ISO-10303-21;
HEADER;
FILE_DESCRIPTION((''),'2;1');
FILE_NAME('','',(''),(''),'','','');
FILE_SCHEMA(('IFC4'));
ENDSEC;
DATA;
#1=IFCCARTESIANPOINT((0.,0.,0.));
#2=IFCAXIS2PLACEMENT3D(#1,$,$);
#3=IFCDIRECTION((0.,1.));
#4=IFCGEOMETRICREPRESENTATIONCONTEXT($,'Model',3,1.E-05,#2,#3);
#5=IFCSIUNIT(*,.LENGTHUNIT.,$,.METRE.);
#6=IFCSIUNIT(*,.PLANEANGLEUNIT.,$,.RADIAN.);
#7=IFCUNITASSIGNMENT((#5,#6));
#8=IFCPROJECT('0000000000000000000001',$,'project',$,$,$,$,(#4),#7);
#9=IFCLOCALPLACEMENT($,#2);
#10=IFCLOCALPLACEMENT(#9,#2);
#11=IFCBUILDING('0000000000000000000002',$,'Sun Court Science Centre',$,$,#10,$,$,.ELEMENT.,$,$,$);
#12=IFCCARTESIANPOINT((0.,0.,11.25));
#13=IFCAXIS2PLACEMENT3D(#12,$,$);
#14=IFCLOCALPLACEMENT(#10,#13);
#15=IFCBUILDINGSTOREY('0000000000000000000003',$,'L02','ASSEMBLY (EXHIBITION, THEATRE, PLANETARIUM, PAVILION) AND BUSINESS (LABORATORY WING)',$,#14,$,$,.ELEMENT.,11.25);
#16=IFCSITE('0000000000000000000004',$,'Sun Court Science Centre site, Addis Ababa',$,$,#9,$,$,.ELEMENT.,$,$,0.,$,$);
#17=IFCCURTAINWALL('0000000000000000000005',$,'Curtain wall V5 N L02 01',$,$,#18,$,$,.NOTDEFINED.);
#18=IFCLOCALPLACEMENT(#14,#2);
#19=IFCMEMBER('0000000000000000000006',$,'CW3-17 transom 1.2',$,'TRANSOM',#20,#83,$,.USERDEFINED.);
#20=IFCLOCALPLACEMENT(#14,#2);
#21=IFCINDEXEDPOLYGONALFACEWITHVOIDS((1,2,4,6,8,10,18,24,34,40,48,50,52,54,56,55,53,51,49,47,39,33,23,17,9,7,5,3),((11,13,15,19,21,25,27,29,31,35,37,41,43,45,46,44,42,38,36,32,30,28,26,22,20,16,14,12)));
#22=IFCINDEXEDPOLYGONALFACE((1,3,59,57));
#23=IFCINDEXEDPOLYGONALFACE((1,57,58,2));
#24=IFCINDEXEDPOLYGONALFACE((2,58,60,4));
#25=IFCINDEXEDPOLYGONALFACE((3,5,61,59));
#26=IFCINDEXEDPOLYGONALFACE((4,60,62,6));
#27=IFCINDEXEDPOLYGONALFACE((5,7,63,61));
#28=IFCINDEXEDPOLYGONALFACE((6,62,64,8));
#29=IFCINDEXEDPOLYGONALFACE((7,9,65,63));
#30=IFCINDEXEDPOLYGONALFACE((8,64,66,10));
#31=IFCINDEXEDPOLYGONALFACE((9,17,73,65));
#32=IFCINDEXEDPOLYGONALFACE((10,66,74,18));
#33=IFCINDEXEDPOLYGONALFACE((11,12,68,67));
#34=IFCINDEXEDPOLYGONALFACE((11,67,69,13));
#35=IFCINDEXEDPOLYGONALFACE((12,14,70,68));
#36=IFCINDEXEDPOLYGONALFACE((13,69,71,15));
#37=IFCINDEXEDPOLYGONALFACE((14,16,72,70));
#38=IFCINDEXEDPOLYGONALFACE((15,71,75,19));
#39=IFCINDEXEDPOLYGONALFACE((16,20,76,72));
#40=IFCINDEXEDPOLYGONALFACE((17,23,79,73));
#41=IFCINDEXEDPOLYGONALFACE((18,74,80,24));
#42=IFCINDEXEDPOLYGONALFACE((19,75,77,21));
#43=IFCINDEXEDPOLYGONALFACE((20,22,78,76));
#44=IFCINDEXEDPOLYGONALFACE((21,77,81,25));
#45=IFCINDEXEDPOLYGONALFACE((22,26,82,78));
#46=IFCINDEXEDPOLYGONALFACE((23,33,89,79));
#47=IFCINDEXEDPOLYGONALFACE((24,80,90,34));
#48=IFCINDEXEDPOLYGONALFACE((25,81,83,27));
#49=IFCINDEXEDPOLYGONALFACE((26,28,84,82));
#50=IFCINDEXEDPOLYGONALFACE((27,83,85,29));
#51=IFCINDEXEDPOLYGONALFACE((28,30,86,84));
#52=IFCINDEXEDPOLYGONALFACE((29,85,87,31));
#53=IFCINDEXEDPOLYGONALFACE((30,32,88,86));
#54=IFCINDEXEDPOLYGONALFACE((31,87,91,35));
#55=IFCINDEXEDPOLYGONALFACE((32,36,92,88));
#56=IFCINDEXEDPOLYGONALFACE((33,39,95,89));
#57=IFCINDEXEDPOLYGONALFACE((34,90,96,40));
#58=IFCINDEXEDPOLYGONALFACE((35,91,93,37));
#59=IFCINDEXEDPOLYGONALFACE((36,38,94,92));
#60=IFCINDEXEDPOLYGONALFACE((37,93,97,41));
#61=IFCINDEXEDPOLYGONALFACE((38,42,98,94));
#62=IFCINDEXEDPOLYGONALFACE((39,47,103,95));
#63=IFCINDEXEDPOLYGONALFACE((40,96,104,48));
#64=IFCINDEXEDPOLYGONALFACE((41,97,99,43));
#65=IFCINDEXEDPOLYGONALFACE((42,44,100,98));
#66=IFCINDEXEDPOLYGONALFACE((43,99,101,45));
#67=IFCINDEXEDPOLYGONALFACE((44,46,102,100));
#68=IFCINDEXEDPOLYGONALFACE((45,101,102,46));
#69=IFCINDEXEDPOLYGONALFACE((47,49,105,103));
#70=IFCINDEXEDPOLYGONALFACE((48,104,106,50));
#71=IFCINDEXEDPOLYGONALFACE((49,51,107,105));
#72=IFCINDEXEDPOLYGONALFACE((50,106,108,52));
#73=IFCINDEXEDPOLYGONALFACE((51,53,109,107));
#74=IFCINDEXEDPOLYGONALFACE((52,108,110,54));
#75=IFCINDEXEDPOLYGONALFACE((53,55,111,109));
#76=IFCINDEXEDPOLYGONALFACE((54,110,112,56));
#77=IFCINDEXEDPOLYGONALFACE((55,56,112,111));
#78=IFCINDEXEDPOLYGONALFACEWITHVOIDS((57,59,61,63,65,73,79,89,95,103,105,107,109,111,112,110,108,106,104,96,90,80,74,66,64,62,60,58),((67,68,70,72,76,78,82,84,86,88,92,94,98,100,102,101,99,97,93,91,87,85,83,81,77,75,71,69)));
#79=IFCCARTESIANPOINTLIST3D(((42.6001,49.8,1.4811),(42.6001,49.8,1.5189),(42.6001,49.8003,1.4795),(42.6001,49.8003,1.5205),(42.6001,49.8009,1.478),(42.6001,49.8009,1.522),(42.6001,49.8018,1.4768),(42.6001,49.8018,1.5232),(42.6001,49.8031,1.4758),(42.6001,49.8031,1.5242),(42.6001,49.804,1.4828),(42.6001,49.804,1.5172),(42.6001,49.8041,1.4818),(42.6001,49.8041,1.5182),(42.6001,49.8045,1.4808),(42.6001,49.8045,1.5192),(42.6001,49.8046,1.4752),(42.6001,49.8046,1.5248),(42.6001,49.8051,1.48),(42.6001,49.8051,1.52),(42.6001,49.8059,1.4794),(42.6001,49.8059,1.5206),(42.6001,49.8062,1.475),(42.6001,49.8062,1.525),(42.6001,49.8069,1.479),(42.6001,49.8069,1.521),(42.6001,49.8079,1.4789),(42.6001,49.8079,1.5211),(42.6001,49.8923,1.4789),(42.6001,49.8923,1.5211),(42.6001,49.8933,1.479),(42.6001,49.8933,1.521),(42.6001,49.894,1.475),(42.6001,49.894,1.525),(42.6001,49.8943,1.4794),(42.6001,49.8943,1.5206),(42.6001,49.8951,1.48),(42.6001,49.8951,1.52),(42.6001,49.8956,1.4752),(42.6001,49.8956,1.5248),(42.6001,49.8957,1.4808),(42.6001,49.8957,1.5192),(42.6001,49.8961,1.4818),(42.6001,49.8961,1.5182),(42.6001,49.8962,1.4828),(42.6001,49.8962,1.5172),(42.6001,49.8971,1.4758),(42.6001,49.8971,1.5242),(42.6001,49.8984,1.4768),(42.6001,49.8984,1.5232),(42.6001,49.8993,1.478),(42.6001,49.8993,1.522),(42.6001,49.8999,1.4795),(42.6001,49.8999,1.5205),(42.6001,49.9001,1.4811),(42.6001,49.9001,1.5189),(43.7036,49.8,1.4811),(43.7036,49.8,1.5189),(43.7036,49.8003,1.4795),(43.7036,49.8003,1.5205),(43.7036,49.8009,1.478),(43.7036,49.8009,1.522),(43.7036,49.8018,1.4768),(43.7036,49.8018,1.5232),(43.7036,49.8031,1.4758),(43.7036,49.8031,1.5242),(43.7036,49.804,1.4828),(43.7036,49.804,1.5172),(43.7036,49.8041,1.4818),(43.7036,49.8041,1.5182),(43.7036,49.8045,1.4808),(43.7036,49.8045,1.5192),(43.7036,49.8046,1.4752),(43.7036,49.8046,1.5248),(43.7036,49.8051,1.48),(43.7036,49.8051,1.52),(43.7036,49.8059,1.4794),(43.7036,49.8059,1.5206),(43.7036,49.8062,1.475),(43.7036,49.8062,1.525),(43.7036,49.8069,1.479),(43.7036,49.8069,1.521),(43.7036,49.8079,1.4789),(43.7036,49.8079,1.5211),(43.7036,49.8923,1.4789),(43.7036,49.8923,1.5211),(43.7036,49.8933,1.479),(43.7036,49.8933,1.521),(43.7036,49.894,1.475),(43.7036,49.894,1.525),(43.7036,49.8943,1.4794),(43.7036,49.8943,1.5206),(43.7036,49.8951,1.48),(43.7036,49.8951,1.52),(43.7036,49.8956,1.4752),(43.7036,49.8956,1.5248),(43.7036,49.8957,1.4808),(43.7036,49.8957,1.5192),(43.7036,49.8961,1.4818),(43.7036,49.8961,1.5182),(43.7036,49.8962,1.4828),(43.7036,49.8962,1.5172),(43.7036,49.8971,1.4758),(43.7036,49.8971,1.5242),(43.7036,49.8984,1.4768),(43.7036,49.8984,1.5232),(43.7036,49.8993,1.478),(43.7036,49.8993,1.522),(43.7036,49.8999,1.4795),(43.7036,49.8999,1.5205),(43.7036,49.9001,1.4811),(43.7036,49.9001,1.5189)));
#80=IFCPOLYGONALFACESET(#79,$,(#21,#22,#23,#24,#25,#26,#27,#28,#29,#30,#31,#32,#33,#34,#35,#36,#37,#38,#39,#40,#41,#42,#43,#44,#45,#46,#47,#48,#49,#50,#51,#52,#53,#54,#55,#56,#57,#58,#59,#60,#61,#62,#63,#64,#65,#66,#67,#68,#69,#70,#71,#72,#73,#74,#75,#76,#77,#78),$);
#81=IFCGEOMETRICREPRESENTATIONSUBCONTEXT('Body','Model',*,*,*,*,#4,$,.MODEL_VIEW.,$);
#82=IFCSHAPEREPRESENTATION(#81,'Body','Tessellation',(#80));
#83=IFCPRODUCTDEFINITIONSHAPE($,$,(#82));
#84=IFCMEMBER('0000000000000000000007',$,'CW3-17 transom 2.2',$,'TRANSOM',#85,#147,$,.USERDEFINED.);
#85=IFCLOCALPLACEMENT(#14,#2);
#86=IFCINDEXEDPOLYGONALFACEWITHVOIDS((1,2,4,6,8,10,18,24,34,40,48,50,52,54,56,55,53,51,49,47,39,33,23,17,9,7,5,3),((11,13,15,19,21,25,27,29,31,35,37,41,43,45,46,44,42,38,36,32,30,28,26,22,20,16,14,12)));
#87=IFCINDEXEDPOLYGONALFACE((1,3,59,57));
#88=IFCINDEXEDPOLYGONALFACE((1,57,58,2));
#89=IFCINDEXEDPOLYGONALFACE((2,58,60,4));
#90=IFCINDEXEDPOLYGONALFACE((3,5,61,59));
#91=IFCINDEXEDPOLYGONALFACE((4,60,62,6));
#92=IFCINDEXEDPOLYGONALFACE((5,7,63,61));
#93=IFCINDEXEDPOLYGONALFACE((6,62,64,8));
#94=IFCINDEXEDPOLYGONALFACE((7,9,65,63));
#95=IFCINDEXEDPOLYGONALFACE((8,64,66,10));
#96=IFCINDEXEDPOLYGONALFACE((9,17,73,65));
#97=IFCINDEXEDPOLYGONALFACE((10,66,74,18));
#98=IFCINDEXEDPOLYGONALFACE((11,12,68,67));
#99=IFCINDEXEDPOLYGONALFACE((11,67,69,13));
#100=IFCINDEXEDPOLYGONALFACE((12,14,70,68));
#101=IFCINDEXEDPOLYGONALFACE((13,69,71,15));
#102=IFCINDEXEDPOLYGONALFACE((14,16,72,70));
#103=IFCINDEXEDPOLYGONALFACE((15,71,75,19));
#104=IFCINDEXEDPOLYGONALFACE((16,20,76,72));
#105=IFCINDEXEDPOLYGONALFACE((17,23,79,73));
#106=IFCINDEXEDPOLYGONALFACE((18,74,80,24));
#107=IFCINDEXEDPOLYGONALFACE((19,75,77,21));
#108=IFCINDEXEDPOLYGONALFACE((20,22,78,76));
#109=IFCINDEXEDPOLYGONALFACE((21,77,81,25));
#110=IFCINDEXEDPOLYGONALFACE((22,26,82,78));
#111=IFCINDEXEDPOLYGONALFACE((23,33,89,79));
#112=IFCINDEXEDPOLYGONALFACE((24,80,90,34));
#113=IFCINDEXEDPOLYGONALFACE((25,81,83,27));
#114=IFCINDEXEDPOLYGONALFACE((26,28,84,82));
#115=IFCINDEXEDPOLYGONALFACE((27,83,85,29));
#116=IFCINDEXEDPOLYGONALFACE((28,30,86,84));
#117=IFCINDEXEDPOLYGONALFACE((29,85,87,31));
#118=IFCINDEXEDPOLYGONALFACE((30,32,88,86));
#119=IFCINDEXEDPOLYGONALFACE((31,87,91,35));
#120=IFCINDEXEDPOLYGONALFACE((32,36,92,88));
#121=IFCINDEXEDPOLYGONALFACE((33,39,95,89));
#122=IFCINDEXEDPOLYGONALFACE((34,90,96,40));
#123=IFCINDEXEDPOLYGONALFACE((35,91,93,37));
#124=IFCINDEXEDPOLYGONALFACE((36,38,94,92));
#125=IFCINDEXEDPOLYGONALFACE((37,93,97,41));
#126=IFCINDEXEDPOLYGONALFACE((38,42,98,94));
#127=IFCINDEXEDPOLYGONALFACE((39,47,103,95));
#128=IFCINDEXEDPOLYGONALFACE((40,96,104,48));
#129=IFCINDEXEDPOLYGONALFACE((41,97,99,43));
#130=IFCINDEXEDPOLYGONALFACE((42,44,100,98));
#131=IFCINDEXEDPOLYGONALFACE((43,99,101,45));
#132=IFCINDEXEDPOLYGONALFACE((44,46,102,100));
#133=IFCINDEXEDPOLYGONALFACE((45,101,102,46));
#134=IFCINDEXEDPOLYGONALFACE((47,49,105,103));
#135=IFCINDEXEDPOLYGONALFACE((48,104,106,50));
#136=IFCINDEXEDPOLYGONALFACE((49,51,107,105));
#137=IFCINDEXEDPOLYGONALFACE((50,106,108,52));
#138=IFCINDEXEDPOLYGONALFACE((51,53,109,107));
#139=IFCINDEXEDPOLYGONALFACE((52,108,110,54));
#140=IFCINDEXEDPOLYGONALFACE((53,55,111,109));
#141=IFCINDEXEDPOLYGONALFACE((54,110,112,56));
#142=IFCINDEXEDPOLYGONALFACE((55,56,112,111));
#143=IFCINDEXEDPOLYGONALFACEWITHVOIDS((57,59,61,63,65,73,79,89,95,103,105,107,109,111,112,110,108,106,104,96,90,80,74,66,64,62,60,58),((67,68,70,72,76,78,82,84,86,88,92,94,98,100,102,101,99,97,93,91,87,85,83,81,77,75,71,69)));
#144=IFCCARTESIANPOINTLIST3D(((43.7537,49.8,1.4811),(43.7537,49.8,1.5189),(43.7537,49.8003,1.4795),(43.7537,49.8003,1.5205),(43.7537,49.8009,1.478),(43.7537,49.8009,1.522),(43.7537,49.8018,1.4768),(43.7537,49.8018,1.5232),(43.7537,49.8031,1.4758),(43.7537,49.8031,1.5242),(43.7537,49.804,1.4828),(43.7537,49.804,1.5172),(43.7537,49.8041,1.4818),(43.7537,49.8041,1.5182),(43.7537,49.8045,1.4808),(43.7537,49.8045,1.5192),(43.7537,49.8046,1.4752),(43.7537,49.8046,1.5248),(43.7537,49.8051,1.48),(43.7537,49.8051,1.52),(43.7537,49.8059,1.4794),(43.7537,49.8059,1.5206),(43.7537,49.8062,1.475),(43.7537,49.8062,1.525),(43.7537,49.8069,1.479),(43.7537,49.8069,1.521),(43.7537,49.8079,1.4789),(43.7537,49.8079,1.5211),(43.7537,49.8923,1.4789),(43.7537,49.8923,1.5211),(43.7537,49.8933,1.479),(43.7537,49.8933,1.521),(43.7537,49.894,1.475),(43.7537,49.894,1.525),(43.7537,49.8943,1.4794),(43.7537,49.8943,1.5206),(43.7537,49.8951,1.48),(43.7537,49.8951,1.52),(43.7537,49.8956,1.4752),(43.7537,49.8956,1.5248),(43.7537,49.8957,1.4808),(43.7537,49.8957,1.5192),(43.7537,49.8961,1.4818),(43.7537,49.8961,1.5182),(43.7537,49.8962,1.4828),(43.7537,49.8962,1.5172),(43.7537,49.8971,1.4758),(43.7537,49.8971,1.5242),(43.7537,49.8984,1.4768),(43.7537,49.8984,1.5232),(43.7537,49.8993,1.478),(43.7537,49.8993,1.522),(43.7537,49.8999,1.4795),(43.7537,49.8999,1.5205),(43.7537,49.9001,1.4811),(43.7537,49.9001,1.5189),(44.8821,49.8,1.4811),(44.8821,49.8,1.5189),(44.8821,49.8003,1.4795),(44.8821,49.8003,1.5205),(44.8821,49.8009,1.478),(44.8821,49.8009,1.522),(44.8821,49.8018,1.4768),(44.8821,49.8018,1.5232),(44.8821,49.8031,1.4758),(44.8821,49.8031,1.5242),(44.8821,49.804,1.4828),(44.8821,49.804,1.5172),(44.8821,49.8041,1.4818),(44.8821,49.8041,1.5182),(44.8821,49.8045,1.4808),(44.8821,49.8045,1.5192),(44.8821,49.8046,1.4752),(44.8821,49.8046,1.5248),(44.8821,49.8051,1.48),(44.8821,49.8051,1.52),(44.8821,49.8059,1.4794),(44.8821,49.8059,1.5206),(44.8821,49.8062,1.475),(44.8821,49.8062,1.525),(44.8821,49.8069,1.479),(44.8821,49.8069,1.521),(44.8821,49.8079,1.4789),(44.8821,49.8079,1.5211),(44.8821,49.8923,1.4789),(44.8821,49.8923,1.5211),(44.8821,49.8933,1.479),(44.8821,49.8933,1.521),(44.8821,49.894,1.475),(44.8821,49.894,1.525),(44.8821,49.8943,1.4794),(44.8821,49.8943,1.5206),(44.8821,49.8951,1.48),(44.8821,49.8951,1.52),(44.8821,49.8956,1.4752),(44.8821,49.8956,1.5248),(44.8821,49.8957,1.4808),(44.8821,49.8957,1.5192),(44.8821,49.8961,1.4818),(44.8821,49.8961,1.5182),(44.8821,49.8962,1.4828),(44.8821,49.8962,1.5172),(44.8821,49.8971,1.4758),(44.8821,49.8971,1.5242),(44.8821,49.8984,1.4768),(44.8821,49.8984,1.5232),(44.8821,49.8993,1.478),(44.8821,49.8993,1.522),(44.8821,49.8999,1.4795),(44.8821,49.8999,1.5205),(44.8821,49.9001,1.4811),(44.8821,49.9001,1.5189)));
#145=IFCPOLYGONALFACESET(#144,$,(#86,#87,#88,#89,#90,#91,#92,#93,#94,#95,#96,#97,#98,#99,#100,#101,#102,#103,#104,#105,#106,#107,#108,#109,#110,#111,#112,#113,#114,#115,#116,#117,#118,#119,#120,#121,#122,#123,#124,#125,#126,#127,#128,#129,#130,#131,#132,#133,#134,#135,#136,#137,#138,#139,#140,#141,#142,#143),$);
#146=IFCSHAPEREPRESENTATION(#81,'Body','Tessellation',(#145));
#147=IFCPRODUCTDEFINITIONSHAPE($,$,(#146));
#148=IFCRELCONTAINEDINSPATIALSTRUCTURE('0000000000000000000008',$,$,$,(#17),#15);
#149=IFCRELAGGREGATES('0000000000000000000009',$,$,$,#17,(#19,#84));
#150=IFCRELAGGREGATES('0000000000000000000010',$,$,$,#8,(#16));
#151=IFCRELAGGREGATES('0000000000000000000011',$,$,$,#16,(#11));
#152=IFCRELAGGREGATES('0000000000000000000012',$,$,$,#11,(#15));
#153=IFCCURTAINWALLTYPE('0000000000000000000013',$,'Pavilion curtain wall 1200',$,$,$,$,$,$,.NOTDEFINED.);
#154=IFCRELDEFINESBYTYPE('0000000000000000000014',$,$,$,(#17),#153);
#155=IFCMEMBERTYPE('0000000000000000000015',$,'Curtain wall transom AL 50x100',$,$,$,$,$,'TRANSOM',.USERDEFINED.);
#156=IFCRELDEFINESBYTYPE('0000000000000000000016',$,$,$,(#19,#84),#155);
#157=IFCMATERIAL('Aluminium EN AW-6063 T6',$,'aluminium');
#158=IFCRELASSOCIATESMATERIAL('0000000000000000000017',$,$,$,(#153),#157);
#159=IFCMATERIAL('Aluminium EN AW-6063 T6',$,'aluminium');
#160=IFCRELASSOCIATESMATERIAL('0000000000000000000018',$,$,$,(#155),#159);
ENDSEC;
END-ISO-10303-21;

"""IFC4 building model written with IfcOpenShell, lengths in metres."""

from ifc_helpers import new_model, si_unit, direction, frame, origin, origin_2d, place, context, subcontext, project, spatial, hollow_rectangle, extrude, material, material_profile, profile_set, type_object, element, aggregate, save


model = new_model("IFC4")

# Units and contexts
model_context = context("Model", 3, precision=1e-05, world=origin(), true_north=direction((0.0, 1.0)))
body_context = subcontext(model_context, "Body", "Model", "MODEL_VIEW")
ifc_project = project(units=[si_unit("LENGTHUNIT", "METRE"), si_unit("PLANEANGLEUNIT", "RADIAN")], contexts=[model_context])

# Site, building, storey
site_placement = place(None, origin())
site = spatial("IfcSite", under=ifc_project, at=site_placement, Name="Sun Court Science Centre site, Addis Ababa", CompositionType="ELEMENT", RefElevation=0.0)
building_placement = place(site_placement, origin())
building = spatial("IfcBuilding", under=site, at=building_placement, Name="Sun Court Science Centre", CompositionType="ELEMENT")
storey_placement = place(building_placement, frame((0.0, 0.0, 11.25)))
storey = spatial("IfcBuildingStorey", under=building, at=storey_placement, Name="L02", Description="ASSEMBLY (EXHIBITION, THEATRE, PLANETARIUM, PAVILION) AND BUSINESS (LABORATORY WING)", CompositionType="ELEMENT", Elevation=11.25)

# Curtain wall
ifc_material_1 = material(Name="Aluminium EN AW-6063 T6", Category="aluminium")
curtain_wall_type = type_object("IfcCurtainWallType", Name="Pavilion curtain wall 1200", PredefinedType="NOTDEFINED", material=ifc_material_1)
curtain_wall_1_placement = place(storey_placement, origin())
curtain_wall_1 = element("IfcCurtainWall", 1, at=curtain_wall_1_placement, inside=storey, type_object=curtain_wall_type, Name="Curtain wall V5 N L02 01", PredefinedType="NOTDEFINED")
ifc_material_2 = material(Name="Aluminium EN AW-6063 T6", Category="aluminium")
ifc_material_profile_1 = material_profile(ifc_material_2, hollow_rectangle(XDim=0.05, YDim=0.1001, WallThickness=0.0039, InnerFilletRadius=0.0039, OuterFilletRadius=0.0061, at=origin_2d()), Name="AL 50x100x4")
ifc_profile_set_1 = profile_set([ifc_material_profile_1], Name="Aluminium EN AW-6063 T6")
member_type_1 = type_object("IfcMemberType", Name="Curtain wall transom AL 50x100", ElementType="TRANSOM", PredefinedType="USERDEFINED", material=ifc_profile_set_1)

# Members
member_1_placement = place(storey_placement, frame((42.6001, 49.8501, 1.5), z_axis=(1.0, 0.0, 0.0), x_axis=(0.0, 0.0, 1.0)))
member_1 = element("IfcMember", 2, at=member_1_placement, type_object=member_type_1, Name="CW3-17 transom 1.2", ObjectType="TRANSOM", PredefinedType="USERDEFINED", context=body_context, shape_type="SweptSolid", body=[
    extrude(hollow_rectangle(XDim=0.05, YDim=0.1001, WallThickness=0.0039, InnerFilletRadius=0.0039, OuterFilletRadius=0.0061, at=origin_2d()), origin(), (0.0, 0.0, 1.0), 1.1035),
])
member_2_placement = place(storey_placement, frame((43.7537, 49.8501, 1.5), z_axis=(1.0, 0.0, 0.0), x_axis=(0.0, 0.0, 1.0)))
member_2 = element("IfcMember", 3, at=member_2_placement, type_object=member_type_1, Name="CW3-17 transom 2.2", ObjectType="TRANSOM", PredefinedType="USERDEFINED", context=body_context, shape_type="SweptSolid", body=[
    extrude(hollow_rectangle(XDim=0.05, YDim=0.1001, WallThickness=0.0039, InnerFilletRadius=0.0039, OuterFilletRadius=0.0061, at=origin_2d()), origin(), (0.0, 0.0, 1.0), 1.1284),
])

aggregate(curtain_wall_1, [member_1, member_2])

save(model, "model.ifc")
